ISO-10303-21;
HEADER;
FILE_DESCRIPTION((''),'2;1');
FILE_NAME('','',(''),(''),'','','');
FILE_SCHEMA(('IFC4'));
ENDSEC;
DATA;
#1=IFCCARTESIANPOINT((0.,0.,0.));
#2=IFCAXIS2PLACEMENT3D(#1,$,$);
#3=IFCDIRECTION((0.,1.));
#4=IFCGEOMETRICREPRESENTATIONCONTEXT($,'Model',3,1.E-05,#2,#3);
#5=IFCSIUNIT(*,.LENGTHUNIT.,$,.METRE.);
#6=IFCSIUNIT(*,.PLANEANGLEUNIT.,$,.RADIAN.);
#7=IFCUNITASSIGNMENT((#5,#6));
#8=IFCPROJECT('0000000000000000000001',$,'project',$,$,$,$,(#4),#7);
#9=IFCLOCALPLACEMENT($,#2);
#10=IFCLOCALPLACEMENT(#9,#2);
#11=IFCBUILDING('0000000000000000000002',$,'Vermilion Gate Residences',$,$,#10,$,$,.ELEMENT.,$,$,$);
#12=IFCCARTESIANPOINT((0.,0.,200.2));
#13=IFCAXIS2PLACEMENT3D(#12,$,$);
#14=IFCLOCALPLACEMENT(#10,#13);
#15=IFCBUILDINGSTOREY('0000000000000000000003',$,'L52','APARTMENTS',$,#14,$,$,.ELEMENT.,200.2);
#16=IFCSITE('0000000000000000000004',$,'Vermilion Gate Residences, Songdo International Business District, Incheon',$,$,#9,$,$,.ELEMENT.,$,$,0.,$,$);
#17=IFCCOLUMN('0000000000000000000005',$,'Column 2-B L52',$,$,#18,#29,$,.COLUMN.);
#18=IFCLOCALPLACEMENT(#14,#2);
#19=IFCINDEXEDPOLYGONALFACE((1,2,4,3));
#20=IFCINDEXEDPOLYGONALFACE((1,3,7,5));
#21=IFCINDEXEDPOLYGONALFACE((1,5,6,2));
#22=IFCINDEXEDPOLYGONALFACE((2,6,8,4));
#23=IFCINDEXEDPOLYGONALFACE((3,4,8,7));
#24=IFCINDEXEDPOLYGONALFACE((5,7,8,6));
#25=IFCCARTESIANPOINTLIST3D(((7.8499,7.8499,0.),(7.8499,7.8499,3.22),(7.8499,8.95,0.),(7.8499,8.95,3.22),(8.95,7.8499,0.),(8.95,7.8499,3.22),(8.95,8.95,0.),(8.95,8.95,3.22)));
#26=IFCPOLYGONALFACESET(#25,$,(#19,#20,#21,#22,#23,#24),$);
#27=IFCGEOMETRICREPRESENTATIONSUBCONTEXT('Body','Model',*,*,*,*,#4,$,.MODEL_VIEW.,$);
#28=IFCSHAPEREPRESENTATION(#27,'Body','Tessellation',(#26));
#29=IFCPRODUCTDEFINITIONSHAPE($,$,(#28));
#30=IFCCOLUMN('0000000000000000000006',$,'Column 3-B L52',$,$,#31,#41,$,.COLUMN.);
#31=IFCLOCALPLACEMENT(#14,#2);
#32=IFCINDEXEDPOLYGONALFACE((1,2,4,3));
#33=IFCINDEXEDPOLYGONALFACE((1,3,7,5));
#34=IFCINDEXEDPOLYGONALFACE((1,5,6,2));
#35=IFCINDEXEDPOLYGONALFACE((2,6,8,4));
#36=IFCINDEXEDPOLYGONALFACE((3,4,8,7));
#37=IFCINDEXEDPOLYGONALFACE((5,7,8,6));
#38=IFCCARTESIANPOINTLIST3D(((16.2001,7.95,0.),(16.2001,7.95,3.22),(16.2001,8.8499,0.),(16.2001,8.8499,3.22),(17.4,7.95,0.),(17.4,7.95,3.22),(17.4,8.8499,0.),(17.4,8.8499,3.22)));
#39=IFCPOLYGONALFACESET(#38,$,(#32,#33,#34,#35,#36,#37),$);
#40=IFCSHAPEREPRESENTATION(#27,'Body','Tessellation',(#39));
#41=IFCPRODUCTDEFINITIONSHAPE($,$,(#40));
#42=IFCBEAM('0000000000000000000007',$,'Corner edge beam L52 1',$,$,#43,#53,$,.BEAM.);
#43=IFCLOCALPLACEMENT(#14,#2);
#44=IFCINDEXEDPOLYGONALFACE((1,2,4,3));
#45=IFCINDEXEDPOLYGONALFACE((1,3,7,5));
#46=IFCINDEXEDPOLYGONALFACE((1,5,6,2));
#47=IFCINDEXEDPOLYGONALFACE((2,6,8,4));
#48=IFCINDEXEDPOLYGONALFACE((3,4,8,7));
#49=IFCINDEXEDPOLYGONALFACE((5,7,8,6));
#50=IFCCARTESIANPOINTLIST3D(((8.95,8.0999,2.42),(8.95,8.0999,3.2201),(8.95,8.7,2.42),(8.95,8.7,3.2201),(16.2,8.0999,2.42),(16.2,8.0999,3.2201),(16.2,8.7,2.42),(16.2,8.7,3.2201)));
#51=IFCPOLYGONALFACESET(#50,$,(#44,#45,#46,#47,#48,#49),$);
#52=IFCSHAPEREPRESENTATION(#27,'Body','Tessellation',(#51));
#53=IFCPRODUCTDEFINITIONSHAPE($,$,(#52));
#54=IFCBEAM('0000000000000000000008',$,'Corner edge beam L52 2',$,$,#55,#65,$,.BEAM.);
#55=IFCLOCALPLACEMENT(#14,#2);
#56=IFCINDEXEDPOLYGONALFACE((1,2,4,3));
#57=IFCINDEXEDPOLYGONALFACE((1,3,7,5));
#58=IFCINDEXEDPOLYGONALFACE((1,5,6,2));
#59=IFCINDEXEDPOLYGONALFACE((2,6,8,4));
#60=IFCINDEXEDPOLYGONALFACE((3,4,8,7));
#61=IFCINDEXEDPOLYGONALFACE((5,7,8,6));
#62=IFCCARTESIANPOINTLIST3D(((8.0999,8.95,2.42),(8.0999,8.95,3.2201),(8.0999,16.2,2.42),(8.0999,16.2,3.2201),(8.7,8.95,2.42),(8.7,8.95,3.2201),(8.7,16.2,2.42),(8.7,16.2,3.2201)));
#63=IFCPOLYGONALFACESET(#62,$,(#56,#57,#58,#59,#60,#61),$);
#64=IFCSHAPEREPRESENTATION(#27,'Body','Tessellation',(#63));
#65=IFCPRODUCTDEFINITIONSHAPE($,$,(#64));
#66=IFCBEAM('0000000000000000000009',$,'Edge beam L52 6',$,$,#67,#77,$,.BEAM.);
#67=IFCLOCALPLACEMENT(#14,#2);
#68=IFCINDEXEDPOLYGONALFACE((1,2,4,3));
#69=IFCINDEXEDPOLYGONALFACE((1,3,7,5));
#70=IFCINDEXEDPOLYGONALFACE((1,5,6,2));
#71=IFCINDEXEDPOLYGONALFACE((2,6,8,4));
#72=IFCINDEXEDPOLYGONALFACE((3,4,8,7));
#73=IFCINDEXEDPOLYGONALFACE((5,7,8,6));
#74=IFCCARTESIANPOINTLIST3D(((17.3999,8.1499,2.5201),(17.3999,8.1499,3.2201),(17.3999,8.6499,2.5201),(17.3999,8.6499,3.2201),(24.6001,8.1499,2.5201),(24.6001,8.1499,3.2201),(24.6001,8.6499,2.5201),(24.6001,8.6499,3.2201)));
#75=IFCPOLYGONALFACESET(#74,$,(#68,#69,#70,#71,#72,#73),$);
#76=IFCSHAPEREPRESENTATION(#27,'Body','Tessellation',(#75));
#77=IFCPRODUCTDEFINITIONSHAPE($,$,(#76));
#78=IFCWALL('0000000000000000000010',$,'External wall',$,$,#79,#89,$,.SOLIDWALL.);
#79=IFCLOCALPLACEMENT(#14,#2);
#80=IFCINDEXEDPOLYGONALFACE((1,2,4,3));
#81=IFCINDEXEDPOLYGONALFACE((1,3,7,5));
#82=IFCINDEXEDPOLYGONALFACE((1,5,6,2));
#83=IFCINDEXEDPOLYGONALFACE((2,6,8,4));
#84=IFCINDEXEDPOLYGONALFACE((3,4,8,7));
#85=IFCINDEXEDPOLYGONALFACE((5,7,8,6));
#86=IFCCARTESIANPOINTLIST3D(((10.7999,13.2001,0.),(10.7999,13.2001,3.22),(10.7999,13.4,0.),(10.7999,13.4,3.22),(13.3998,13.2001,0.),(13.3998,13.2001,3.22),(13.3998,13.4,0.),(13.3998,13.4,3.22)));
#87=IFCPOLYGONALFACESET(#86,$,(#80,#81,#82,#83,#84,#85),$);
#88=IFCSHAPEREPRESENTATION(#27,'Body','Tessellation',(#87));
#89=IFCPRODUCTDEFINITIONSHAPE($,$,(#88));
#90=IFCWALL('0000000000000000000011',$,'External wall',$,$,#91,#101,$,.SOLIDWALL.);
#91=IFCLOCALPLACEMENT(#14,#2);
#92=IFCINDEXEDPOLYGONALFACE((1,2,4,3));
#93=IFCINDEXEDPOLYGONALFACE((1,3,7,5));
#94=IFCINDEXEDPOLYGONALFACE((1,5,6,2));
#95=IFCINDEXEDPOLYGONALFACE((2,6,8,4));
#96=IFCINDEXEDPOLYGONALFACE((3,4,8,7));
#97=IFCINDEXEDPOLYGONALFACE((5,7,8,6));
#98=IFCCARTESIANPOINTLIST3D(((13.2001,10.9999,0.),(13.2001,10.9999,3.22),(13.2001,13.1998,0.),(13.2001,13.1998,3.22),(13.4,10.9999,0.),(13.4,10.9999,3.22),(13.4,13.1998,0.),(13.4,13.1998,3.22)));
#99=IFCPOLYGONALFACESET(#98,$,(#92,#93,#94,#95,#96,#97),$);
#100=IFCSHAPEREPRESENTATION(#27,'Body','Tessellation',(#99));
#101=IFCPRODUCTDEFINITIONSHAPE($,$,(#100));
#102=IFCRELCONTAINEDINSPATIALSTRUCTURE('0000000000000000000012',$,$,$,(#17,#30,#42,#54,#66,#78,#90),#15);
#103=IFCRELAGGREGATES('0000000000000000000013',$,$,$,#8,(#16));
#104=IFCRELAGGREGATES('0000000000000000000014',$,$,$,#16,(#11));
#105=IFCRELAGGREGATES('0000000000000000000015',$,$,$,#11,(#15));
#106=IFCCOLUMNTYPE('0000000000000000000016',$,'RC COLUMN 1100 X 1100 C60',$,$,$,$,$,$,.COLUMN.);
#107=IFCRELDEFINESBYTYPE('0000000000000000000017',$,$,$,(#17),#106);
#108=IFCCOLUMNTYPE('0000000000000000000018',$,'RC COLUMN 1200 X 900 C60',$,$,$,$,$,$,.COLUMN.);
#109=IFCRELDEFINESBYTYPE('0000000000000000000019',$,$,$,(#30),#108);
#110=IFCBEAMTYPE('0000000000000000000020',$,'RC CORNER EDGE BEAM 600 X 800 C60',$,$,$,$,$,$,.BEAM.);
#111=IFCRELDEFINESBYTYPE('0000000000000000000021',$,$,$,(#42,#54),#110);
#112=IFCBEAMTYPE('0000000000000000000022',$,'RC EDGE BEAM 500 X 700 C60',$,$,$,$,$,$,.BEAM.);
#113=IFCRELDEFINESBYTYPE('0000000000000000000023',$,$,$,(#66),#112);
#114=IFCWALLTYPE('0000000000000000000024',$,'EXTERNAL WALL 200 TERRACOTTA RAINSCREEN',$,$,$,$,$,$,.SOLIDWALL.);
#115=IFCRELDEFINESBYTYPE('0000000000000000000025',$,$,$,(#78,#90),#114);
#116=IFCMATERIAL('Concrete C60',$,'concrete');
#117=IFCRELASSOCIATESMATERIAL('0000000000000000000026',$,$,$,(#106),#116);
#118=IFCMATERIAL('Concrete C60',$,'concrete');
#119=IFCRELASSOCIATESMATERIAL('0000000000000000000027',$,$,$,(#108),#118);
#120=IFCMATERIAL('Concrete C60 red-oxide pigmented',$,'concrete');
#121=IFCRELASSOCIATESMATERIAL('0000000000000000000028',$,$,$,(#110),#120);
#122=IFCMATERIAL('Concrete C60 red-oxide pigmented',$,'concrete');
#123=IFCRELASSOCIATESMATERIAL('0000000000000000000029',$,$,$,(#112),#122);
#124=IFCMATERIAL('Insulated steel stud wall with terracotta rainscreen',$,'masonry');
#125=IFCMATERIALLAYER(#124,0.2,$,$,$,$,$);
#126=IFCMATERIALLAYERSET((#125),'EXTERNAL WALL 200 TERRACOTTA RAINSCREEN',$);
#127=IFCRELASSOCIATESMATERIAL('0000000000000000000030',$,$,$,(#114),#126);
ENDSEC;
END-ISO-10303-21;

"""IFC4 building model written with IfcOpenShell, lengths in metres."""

from ifc_helpers import new_model, si_unit, direction, frame, frame_2d, origin, origin_2d, place, context, subcontext, project, spatial, rectangle, extrude, material, layer, layer_set, material_profile, profile_set, type_object, element, save


model = new_model("IFC4")

# Units and contexts
model_context = context("Model", 3, precision=1e-05, world=origin(), true_north=direction((0.0, 1.0)))
body_context = subcontext(model_context, "Body", "Model", "MODEL_VIEW")
ifc_project = project(units=[si_unit("LENGTHUNIT", "METRE"), si_unit("PLANEANGLEUNIT", "RADIAN")], contexts=[model_context])

# Site, building, storey
site_placement = place(None, origin())
site = spatial("IfcSite", under=ifc_project, at=site_placement, Name="Vermilion Gate Residences, Songdo International Business District, Incheon", CompositionType="ELEMENT", RefElevation=0.0)
building_placement = place(site_placement, origin())
building = spatial("IfcBuilding", under=site, at=building_placement, Name="Vermilion Gate Residences", CompositionType="ELEMENT")
storey_placement = place(building_placement, frame((0.0, 0.0, 200.2)))
storey = spatial("IfcBuildingStorey", under=building, at=storey_placement, Name="L52", Description="APARTMENTS", CompositionType="ELEMENT", Elevation=200.2)

# Columns
ifc_material_1 = material(Name="Concrete C60", Category="concrete")
ifc_material_profile_1 = material_profile(ifc_material_1, rectangle(XDim=1.1001, YDim=1.1001, at=origin_2d()), Name="RC-1100x1100")
ifc_profile_set_1 = profile_set([ifc_material_profile_1], Name="Concrete C60")
column_type_1 = type_object("IfcColumnType", Name="RC COLUMN 1100 X 1100 C60", PredefinedType="COLUMN", material=ifc_profile_set_1)
column_1_placement = place(storey_placement, frame((8.3999, 8.3999, 0.0), z_axis=(0.0, 0.0, 1.0), x_axis=(1.0, 0.0, 0.0)))
element("IfcColumn", 1, at=column_1_placement, inside=storey, type_object=column_type_1, Name="Column 2-B L52", PredefinedType="COLUMN", context=body_context, shape_type="SweptSolid", body=[
    extrude(rectangle(XDim=1.1001, YDim=1.1001, at=origin_2d()), origin(), (0.0, 0.0, 1.0), 3.22),
])
ifc_material_2 = material(Name="Concrete C60", Category="concrete")
ifc_material_profile_2 = material_profile(ifc_material_2, rectangle(XDim=1.2, YDim=0.8999, at=origin_2d()), Name="RC-1200x900")
ifc_profile_set_2 = profile_set([ifc_material_profile_2], Name="Concrete C60")
column_type_2 = type_object("IfcColumnType", Name="RC COLUMN 1200 X 900 C60", PredefinedType="COLUMN", material=ifc_profile_set_2)
column_2_placement = place(storey_placement, frame((16.8, 8.3999, 0.0), z_axis=(0.0, 0.0, 1.0), x_axis=(1.0, 0.0, 0.0)))
element("IfcColumn", 2, at=column_2_placement, inside=storey, type_object=column_type_2, Name="Column 3-B L52", PredefinedType="COLUMN", context=body_context, shape_type="SweptSolid", body=[
    extrude(rectangle(XDim=1.2, YDim=0.8999, at=origin_2d()), origin(), (0.0, 0.0, 1.0), 3.22),
])

# Beams
ifc_material_3 = material(Name="Concrete C60 red-oxide pigmented", Category="concrete")
ifc_material_profile_3 = material_profile(ifc_material_3, rectangle(XDim=0.6001, YDim=0.8, at=origin_2d()), Name="RC-600x800")
ifc_profile_set_3 = profile_set([ifc_material_profile_3], Name="Concrete C60 red-oxide pigmented")
beam_type_1 = type_object("IfcBeamType", Name="RC CORNER EDGE BEAM 600 X 800 C60", PredefinedType="BEAM", material=ifc_profile_set_3)
for number, where, z_axis, x_axis, name in (
    (3, (8.95, 8.3999, 2.8201), (1.0, 0.0, 0.0), (0.0, 1.0, 0.0), "Corner edge beam L52 1"),
    (4, (8.3999, 8.95, 2.8201), (0.0, 1.0, 0.0), (-1.0, 0.0, 0.0), "Corner edge beam L52 2"),
):
    element("IfcBeam", number, at=place(storey_placement, frame(where, z_axis=z_axis, x_axis=x_axis)), inside=storey, type_object=beam_type_1, Name=name, PredefinedType="BEAM", context=body_context, shape_type="SweptSolid", body=[
        extrude(rectangle(XDim=0.6001, YDim=0.8, at=origin_2d()), origin(), (0.0, 0.0, 1.0), 7.25),
    ])
ifc_material_4 = material(Name="Concrete C60 red-oxide pigmented", Category="concrete")
ifc_material_profile_4 = material_profile(ifc_material_4, rectangle(XDim=0.5, YDim=0.7, at=origin_2d()), Name="RC-500x700")
ifc_profile_set_4 = profile_set([ifc_material_profile_4], Name="Concrete C60 red-oxide pigmented")
beam_type_2 = type_object("IfcBeamType", Name="RC EDGE BEAM 500 X 700 C60", PredefinedType="BEAM", material=ifc_profile_set_4)
beam_placement = place(storey_placement, frame((17.3999, 8.3999, 2.8701), z_axis=(1.0, 0.0, 0.0), x_axis=(0.0, 1.0, 0.0)))
element("IfcBeam", 5, at=beam_placement, inside=storey, type_object=beam_type_2, Name="Edge beam L52 6", PredefinedType="BEAM", context=body_context, shape_type="SweptSolid", body=[
    extrude(rectangle(XDim=0.5, YDim=0.7, at=origin_2d()), origin(), (0.0, 0.0, 1.0), 7.2002),
])

# Walls
ifc_material_5 = material(Name="Insulated steel stud wall with terracotta rainscreen", Category="masonry")
ifc_layer_1 = layer(ifc_material_5, 0.2)
ifc_layer_set_1 = layer_set([ifc_layer_1], Name="EXTERNAL WALL 200 TERRACOTTA RAINSCREEN")
wall_type_1 = type_object("IfcWallType", Name="EXTERNAL WALL 200 TERRACOTTA RAINSCREEN", PredefinedType="SOLIDWALL", material=ifc_layer_set_1)
wall_1_placement = place(storey_placement, frame((10.8, 13.3, 0.0), z_axis=(0.0, 0.0, 1.0), x_axis=(1.0, 0.0, 0.0)))
element("IfcWall", 6, at=wall_1_placement, inside=storey, type_object=wall_type_1, Name="External wall", PredefinedType="SOLIDWALL", context=body_context, shape_type="SweptSolid", body=[
    extrude(rectangle(XDim=2.5999, YDim=0.2, at=frame_2d((1.2998, 0.0))), origin(), (0.0, 0.0, 1.0), 3.22),
])
wall_2_placement = place(storey_placement, frame((13.3, 13.2, 0.0), z_axis=(0.0, 0.0, 1.0), x_axis=(0.0, -1.0, 0.0)))
element("IfcWall", 7, at=wall_2_placement, inside=storey, type_object=wall_type_1, Name="External wall", PredefinedType="SOLIDWALL", context=body_context, shape_type="SweptSolid", body=[
    extrude(rectangle(XDim=2.2, YDim=0.2, at=frame_2d((1.1001, 0.0))), origin(), (0.0, 0.0, 1.0), 3.22),
])

save(model, "model.ifc")
